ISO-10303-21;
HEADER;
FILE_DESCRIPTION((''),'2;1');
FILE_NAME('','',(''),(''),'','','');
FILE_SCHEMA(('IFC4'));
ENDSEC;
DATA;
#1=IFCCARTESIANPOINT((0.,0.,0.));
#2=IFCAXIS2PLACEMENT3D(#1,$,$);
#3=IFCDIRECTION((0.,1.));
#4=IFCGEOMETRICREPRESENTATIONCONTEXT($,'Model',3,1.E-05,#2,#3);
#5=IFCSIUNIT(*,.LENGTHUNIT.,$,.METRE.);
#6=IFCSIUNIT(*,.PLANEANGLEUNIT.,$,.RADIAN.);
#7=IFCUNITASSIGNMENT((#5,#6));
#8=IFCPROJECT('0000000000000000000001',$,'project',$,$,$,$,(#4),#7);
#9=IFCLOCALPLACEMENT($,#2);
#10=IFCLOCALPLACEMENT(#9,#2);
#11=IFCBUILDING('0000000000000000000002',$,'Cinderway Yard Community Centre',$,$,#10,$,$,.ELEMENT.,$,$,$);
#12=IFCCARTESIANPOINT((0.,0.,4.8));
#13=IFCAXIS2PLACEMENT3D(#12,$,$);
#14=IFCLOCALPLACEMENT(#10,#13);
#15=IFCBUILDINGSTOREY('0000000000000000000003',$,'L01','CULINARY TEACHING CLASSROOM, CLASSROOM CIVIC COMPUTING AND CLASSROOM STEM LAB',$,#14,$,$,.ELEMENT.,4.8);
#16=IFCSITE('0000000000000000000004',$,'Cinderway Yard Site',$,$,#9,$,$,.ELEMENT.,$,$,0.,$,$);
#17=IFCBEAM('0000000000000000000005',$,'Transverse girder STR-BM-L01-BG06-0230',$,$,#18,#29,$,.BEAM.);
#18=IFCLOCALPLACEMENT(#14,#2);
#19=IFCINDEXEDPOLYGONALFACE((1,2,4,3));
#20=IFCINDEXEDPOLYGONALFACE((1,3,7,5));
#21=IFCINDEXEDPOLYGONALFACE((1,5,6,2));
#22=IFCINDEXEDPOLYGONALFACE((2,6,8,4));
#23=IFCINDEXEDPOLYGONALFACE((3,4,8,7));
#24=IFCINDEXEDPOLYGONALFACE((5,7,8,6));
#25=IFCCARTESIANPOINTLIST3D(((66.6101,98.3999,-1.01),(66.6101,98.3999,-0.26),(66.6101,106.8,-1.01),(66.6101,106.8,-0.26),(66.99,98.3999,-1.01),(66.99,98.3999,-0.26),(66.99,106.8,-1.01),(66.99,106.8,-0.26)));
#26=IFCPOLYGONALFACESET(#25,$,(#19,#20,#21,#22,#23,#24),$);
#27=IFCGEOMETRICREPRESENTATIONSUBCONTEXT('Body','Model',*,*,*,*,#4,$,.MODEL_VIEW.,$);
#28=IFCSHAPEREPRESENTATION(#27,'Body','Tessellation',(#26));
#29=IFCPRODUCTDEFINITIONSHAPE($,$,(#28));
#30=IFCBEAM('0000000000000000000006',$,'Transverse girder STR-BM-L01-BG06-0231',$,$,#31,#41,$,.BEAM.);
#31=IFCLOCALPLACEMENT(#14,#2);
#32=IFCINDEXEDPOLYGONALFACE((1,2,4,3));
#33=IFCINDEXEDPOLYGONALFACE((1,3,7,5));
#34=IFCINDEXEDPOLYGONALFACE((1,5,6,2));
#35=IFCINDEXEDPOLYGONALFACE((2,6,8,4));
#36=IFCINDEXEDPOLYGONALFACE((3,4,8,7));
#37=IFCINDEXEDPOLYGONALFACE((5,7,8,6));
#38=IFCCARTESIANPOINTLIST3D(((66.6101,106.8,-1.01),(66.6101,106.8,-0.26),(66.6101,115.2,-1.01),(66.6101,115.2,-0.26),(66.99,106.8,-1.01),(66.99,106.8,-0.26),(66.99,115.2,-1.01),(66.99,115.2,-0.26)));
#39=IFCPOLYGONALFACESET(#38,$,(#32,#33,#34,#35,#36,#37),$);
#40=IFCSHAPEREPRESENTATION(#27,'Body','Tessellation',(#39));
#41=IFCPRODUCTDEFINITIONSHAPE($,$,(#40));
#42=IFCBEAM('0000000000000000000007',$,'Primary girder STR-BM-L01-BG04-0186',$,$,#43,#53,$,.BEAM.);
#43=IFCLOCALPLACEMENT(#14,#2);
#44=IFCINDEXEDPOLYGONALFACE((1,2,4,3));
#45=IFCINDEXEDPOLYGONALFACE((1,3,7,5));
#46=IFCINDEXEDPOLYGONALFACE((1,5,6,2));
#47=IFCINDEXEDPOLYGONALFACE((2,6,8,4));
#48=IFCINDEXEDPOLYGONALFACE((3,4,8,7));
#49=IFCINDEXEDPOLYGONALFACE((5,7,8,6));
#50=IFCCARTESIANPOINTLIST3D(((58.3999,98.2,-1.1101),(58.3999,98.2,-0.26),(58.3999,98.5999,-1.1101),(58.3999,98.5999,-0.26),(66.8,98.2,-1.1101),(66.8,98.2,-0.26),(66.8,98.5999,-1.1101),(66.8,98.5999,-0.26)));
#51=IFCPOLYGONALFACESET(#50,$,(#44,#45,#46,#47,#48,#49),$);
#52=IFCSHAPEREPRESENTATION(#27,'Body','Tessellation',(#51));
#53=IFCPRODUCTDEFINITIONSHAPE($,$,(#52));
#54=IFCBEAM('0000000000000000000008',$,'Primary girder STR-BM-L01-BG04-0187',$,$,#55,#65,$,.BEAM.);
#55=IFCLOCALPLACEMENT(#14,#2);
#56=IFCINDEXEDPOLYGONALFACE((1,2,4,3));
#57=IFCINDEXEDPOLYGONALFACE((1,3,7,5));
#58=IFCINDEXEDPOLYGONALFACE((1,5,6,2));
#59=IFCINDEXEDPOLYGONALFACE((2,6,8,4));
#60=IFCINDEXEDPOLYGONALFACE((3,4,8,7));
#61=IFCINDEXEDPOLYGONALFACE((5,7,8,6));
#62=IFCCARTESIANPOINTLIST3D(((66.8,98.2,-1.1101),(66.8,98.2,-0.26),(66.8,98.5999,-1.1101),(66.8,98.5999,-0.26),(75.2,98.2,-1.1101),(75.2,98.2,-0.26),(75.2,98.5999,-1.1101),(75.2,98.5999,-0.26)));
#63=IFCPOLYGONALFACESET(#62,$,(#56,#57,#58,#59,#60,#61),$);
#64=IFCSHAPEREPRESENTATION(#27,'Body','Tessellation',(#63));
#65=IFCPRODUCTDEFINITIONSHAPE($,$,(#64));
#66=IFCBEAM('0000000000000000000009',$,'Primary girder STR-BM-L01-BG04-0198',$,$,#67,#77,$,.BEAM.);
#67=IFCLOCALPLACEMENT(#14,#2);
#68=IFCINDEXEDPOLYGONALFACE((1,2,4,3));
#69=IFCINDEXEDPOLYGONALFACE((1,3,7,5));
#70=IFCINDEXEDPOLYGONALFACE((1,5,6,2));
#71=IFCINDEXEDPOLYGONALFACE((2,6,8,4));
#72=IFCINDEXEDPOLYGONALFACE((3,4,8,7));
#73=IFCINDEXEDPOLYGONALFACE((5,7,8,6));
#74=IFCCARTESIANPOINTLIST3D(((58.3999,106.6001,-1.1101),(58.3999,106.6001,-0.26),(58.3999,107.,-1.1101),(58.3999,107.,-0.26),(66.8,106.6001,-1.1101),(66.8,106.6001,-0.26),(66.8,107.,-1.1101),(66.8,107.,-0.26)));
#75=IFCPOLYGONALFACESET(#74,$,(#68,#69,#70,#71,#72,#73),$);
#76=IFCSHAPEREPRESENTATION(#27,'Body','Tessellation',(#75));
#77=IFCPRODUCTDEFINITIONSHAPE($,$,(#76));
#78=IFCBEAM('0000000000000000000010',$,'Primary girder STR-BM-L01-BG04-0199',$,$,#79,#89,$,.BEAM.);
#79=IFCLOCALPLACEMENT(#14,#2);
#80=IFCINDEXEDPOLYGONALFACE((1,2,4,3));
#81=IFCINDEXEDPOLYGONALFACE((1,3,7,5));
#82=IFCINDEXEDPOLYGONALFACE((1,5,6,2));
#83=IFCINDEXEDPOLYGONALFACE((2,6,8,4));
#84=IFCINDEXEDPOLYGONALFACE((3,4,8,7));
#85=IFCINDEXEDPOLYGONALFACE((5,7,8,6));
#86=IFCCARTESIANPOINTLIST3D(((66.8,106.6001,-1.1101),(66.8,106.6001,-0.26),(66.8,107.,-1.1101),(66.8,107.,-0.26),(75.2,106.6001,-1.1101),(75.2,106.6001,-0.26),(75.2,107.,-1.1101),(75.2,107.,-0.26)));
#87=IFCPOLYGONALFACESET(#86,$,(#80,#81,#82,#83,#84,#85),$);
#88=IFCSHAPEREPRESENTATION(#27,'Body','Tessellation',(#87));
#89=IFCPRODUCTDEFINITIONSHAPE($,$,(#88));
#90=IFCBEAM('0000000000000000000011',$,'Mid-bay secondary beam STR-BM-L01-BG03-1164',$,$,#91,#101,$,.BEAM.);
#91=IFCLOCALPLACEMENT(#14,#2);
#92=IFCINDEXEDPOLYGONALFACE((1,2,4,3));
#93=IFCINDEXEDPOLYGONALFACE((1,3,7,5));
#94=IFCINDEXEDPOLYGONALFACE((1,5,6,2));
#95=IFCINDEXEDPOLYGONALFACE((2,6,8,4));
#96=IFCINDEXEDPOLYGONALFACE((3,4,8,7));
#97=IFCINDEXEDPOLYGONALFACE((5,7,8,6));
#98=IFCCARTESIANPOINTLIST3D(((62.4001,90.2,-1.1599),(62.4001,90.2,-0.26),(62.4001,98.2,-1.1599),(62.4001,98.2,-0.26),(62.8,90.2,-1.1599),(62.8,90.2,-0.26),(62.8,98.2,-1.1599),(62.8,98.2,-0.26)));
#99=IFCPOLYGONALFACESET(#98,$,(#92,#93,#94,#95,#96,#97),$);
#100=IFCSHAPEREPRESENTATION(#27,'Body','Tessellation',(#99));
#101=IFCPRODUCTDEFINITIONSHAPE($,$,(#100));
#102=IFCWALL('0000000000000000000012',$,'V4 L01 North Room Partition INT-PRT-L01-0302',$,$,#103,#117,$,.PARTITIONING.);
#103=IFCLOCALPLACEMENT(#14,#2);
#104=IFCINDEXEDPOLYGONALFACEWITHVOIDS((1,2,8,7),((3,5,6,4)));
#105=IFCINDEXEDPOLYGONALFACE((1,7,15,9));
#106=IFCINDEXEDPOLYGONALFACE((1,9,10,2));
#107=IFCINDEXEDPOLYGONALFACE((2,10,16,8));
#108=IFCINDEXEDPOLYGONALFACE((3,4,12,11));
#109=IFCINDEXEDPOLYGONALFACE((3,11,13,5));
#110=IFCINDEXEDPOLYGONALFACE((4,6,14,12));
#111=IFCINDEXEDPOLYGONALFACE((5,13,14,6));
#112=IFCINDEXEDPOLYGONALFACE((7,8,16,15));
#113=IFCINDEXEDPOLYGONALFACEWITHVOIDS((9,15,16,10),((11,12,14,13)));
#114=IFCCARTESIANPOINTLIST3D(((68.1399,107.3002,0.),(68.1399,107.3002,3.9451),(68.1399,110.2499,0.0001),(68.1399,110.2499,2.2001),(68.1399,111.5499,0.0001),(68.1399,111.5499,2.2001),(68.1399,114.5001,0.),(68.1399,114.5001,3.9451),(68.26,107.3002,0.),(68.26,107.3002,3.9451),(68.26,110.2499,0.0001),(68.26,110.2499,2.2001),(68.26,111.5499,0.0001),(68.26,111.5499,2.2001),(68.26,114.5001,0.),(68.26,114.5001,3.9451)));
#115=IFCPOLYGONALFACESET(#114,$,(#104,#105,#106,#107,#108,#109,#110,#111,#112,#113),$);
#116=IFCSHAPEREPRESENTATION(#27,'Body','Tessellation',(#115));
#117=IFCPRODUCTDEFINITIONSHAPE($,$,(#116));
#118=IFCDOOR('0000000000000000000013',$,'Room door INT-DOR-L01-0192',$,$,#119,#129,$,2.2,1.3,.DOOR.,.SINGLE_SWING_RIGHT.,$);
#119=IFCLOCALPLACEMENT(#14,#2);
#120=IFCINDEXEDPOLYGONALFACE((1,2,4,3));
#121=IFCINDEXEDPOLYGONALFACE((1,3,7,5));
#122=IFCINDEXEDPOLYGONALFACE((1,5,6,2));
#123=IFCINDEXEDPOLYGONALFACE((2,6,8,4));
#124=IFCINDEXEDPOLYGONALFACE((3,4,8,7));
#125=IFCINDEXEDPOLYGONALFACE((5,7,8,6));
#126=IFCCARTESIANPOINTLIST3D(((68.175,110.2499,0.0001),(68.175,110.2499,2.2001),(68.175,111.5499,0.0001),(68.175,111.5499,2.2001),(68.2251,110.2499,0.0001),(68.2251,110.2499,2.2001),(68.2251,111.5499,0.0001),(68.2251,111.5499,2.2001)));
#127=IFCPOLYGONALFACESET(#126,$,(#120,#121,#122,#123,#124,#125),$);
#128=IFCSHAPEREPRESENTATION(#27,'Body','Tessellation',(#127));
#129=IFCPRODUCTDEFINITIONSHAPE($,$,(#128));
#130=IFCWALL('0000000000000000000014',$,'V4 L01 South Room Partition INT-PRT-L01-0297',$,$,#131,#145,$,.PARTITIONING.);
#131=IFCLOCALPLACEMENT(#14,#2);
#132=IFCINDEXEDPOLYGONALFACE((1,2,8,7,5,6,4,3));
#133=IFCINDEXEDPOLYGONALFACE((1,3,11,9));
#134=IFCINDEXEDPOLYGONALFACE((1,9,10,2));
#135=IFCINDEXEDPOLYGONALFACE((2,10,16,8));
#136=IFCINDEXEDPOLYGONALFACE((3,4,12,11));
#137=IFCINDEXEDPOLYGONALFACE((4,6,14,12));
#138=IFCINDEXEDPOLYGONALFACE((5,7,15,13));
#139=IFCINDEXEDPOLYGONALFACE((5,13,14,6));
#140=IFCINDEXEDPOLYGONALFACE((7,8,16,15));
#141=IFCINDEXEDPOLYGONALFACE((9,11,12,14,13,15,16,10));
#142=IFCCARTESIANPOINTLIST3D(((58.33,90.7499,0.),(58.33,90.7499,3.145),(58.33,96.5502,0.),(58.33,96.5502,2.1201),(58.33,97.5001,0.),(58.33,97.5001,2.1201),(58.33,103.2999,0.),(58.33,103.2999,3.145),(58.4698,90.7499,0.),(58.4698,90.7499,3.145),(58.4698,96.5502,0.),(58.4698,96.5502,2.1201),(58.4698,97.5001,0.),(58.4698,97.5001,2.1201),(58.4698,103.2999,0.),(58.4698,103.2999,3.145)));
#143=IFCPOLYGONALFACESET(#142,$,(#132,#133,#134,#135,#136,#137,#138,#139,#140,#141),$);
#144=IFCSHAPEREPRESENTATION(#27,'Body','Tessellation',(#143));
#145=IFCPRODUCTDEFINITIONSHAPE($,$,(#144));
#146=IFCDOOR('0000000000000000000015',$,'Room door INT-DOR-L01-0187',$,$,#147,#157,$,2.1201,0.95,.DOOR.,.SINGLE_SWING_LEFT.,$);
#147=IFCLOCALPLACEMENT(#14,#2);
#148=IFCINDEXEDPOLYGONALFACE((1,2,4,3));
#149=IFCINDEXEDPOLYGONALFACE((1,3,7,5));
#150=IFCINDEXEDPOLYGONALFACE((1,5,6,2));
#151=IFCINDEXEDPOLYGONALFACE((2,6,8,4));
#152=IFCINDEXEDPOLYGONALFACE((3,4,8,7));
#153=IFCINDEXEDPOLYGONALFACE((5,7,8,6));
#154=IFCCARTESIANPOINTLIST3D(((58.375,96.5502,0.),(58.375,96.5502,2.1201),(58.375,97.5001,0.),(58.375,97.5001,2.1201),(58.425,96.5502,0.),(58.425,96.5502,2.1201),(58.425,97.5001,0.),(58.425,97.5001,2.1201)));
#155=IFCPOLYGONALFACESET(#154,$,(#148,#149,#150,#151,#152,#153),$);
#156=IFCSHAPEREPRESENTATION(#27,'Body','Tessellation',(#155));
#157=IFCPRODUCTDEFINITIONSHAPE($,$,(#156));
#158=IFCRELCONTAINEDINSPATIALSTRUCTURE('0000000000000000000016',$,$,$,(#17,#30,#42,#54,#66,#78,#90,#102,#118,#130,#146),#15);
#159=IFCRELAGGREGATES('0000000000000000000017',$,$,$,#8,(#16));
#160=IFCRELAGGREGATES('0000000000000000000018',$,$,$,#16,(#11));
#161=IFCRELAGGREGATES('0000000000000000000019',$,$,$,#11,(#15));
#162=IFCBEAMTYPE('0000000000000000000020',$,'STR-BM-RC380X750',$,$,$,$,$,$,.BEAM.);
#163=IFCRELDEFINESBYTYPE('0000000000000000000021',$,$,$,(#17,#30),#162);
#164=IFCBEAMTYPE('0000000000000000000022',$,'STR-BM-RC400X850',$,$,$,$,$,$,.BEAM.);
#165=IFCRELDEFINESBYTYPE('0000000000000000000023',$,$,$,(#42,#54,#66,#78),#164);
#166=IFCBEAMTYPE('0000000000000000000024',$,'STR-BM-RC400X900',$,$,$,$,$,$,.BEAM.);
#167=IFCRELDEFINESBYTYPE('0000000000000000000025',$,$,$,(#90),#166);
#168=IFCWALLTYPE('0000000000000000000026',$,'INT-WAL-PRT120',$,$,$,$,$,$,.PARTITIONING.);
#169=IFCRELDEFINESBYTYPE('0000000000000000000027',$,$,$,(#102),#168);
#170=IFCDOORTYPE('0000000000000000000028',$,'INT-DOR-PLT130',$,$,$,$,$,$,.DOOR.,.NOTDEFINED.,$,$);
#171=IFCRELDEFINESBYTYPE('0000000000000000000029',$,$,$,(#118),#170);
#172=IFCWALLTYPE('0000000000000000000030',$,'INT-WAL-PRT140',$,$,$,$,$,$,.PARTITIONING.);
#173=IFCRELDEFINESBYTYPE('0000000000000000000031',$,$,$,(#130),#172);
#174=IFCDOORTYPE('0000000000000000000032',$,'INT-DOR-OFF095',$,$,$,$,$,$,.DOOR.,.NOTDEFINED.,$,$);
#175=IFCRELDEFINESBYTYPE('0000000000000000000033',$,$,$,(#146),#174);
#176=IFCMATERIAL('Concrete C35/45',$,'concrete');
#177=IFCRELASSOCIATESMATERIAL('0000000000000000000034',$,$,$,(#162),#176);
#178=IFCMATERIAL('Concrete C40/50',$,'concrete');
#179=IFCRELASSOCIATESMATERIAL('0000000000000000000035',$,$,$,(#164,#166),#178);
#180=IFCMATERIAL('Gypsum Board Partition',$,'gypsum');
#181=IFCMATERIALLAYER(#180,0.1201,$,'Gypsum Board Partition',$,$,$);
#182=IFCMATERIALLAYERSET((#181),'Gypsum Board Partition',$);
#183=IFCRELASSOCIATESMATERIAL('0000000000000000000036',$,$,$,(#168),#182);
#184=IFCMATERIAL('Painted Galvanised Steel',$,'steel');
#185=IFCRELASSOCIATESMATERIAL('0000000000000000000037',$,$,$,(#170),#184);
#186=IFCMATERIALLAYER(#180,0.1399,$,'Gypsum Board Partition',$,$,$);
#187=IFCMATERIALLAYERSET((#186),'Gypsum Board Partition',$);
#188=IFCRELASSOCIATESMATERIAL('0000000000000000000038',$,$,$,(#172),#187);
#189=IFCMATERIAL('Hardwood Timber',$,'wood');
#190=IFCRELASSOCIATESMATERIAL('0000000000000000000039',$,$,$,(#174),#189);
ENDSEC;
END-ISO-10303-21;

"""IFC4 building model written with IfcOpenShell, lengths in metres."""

from ifc_helpers import new_model, si_unit, direction, frame, frame_2d, origin, origin_2d, place, context, subcontext, project, spatial, rectangle, extrude, material, layer, layer_set, material_profile, profile_set, type_object, element, fill, save


model = new_model("IFC4")

# Units and contexts
model_context = context("Model", 3, precision=1e-05, world=origin(), true_north=direction((0.0, 1.0)))
body_context = subcontext(model_context, "Body", "Model", "MODEL_VIEW")
ifc_project = project(units=[si_unit("LENGTHUNIT", "METRE"), si_unit("PLANEANGLEUNIT", "RADIAN")], contexts=[model_context])

# Site, building, storey
site_placement = place(None, origin())
site = spatial("IfcSite", under=ifc_project, at=site_placement, Name="Cinderway Yard Site", CompositionType="ELEMENT", RefElevation=0.0)
building_placement = place(site_placement, origin())
building = spatial("IfcBuilding", under=site, at=building_placement, Name="Cinderway Yard Community Centre", CompositionType="ELEMENT")
storey_placement = place(building_placement, frame((0.0, 0.0, 4.8)))
storey = spatial("IfcBuildingStorey", under=building, at=storey_placement, Name="L01", Description="CULINARY TEACHING CLASSROOM, CLASSROOM CIVIC COMPUTING AND CLASSROOM STEM LAB", CompositionType="ELEMENT", Elevation=4.8)

# Shared definitions
ifc_material_1 = material(Name="Concrete C40/50", Category="concrete")

# Beams
ifc_material_2 = material(Name="Concrete C35/45", Category="concrete")
ifc_material_profile_1 = material_profile(ifc_material_2, rectangle(XDim=0.3799, YDim=0.75, at=origin_2d()), Name="Concrete C35/45")
ifc_profile_set_1 = profile_set([ifc_material_profile_1], Name="Concrete C35/45")
beam_type_1 = type_object("IfcBeamType", Name="STR-BM-RC380X750", PredefinedType="BEAM", material=ifc_profile_set_1)
beam_1_placement = place(storey_placement, frame((66.8, 98.3999, -0.635), z_axis=(0.0, 1.0, 0.0), x_axis=(-1.0, 0.0, 0.0)))
element("IfcBeam", 1, at=beam_1_placement, inside=storey, type_object=beam_type_1, Name="Transverse girder STR-BM-L01-BG06-0230", PredefinedType="BEAM", context=body_context, shape_type="SweptSolid", body=[
    extrude(rectangle(XDim=0.3799, YDim=0.75, at=origin_2d()), origin(), (0.0, 0.0, 1.0), 8.4001),
])
beam_2_placement = place(storey_placement, frame((66.8, 106.8, -0.635), z_axis=(0.0, 1.0, 0.0), x_axis=(-1.0, 0.0, 0.0)))
element("IfcBeam", 2, at=beam_2_placement, inside=storey, type_object=beam_type_1, Name="Transverse girder STR-BM-L01-BG06-0231", PredefinedType="BEAM", context=body_context, shape_type="SweptSolid", body=[
    extrude(rectangle(XDim=0.3799, YDim=0.75, at=origin_2d()), origin(), (0.0, 0.0, 1.0), 8.3999),
])
ifc_material_profile_2 = material_profile(ifc_material_1, rectangle(XDim=0.3999, YDim=0.8501, at=origin_2d()), Name="Concrete C40/50")
ifc_profile_set_2 = profile_set([ifc_material_profile_2], Name="Concrete C40/50")
beam_type_2 = type_object("IfcBeamType", Name="STR-BM-RC400X850", PredefinedType="BEAM", material=ifc_profile_set_2)
beam_3_placement = place(storey_placement, frame((58.3999, 98.3999, -0.6851), z_axis=(1.0, 0.0, 0.0), x_axis=(0.0, 1.0, 0.0)))
element("IfcBeam", 3, at=beam_3_placement, inside=storey, type_object=beam_type_2, Name="Primary girder STR-BM-L01-BG04-0186", PredefinedType="BEAM", context=body_context, shape_type="SweptSolid", body=[
    extrude(rectangle(XDim=0.3999, YDim=0.8501, at=origin_2d()), origin(), (0.0, 0.0, 1.0), 8.4001),
])
beam_4_placement = place(storey_placement, frame((66.8, 98.3999, -0.6851), z_axis=(1.0, 0.0, 0.0), x_axis=(0.0, 1.0, 0.0)))
element("IfcBeam", 4, at=beam_4_placement, inside=storey, type_object=beam_type_2, Name="Primary girder STR-BM-L01-BG04-0187", PredefinedType="BEAM", context=body_context, shape_type="SweptSolid", body=[
    extrude(rectangle(XDim=0.3999, YDim=0.8501, at=origin_2d()), origin(), (0.0, 0.0, 1.0), 8.3999),
])
beam_5_placement = place(storey_placement, frame((58.3999, 106.8, -0.6851), z_axis=(1.0, 0.0, 0.0), x_axis=(0.0, 1.0, 0.0)))
element("IfcBeam", 5, at=beam_5_placement, inside=storey, type_object=beam_type_2, Name="Primary girder STR-BM-L01-BG04-0198", PredefinedType="BEAM", context=body_context, shape_type="SweptSolid", body=[
    extrude(rectangle(XDim=0.3999, YDim=0.8501, at=origin_2d()), origin(), (0.0, 0.0, 1.0), 8.4001),
])
beam_6_placement = place(storey_placement, frame((66.8, 106.8, -0.6851), z_axis=(1.0, 0.0, 0.0), x_axis=(0.0, 1.0, 0.0)))
element("IfcBeam", 6, at=beam_6_placement, inside=storey, type_object=beam_type_2, Name="Primary girder STR-BM-L01-BG04-0199", PredefinedType="BEAM", context=body_context, shape_type="SweptSolid", body=[
    extrude(rectangle(XDim=0.3999, YDim=0.8501, at=origin_2d()), origin(), (0.0, 0.0, 1.0), 8.3999),
])
ifc_material_profile_3 = material_profile(ifc_material_1, rectangle(XDim=0.3999, YDim=0.8999, at=origin_2d()), Name="Concrete C40/50")
ifc_profile_set_3 = profile_set([ifc_material_profile_3], Name="Concrete C40/50")
beam_type_3 = type_object("IfcBeamType", Name="STR-BM-RC400X900", PredefinedType="BEAM", material=ifc_profile_set_3)
beam_7_placement = place(storey_placement, frame((62.6001, 90.2, -0.71), z_axis=(0.0, 1.0, 0.0), x_axis=(-1.0, 0.0, 0.0)))
element("IfcBeam", 7, at=beam_7_placement, inside=storey, type_object=beam_type_3, Name="Mid-bay secondary beam STR-BM-L01-BG03-1164", PredefinedType="BEAM", context=body_context, shape_type="SweptSolid", body=[
    extrude(rectangle(XDim=0.3999, YDim=0.8999, at=origin_2d()), origin(), (0.0, 0.0, 1.0), 8.0),
])

# Walls, openings, doors
ifc_material_3 = material(Name="Gypsum Board Partition", Category="gypsum")
ifc_layer_1 = layer(ifc_material_3, 0.1201, Name="Gypsum Board Partition")
ifc_layer_set_1 = layer_set([ifc_layer_1], Name="Gypsum Board Partition")
wall_type_1 = type_object("IfcWallType", Name="INT-WAL-PRT120", PredefinedType="PARTITIONING", material=ifc_layer_set_1)
wall_1_placement = place(storey_placement, frame((68.2, 107.3, 0.0), z_axis=(0.0, 0.0, 1.0), x_axis=(0.0, 1.0, 0.0)))
wall_1 = element("IfcWall", 8, at=wall_1_placement, inside=storey, type_object=wall_type_1, Name="V4 L01 North Room Partition INT-PRT-L01-0302", PredefinedType="PARTITIONING", context=body_context, shape_type="SweptSolid", body=[
    extrude(rectangle(XDim=7.2, YDim=0.1201, at=frame_2d((3.6001, 0.0))), origin(), (0.0, 0.0, 1.0), 3.9451),
])
opening_1_placement = place(wall_1_placement, frame((2.95, 0.0, 0.0)))
opening_1 = element("IfcOpeningElement", 9, at=opening_1_placement, cuts=wall_1, PredefinedType="OPENING", context=body_context, shape_type="SweptSolid", body=[
    extrude(rectangle(XDim=1.3, YDim=2.2, at=frame_2d((0.6499, 1.1001))), frame((0.0, 0.0701, 0.0), z_axis=(0.0, -1.0, 0.0), x_axis=(1.0, 0.0, 0.0)), (0.0, 0.0, 1.0), 0.1401),
])
ifc_material_4 = material(Name="Painted Galvanised Steel", Category="steel")
door_type_1 = type_object("IfcDoorType", Name="INT-DOR-PLT130", OperationType="NOTDEFINED", PredefinedType="DOOR", material=ifc_material_4)
door_1_placement = place(opening_1_placement, origin())
door_1 = element("IfcDoor", 10, at=door_1_placement, inside=storey, type_object=door_type_1, Name="Room door INT-DOR-L01-0192", OperationType="SINGLE_SWING_RIGHT", OverallHeight=2.2, OverallWidth=1.3, PredefinedType="DOOR", context=body_context, shape_type="SweptSolid", body=[
    extrude(rectangle(XDim=1.3, YDim=2.2, at=frame_2d((0.6499, 1.1001))), frame((0.0, 0.0249, 0.0), z_axis=(0.0, -1.0, 0.0), x_axis=(1.0, 0.0, 0.0)), (0.0, 0.0, 1.0), 0.05),
])
fill(opening_1, door_1)
ifc_layer_2 = layer(ifc_material_3, 0.1399, Name="Gypsum Board Partition")
ifc_layer_set_2 = layer_set([ifc_layer_2], Name="Gypsum Board Partition")
wall_type_2 = type_object("IfcWallType", Name="INT-WAL-PRT140", PredefinedType="PARTITIONING", material=ifc_layer_set_2)
wall_2_placement = place(storey_placement, frame((58.3999, 90.75, 0.0), z_axis=(0.0, 0.0, 1.0), x_axis=(0.0, 1.0, 0.0)))
wall_2 = element("IfcWall", 11, at=wall_2_placement, inside=storey, type_object=wall_type_2, Name="V4 L01 South Room Partition INT-PRT-L01-0297", PredefinedType="PARTITIONING", context=body_context, shape_type="SweptSolid", body=[
    extrude(rectangle(XDim=12.55, YDim=0.1399, at=frame_2d((6.2749, 0.0))), origin(), (0.0, 0.0, 1.0), 3.145),
])
opening_2_placement = place(wall_2_placement, frame((5.8, 0.0, 0.0)))
opening_2 = element("IfcOpeningElement", 12, at=opening_2_placement, cuts=wall_2, PredefinedType="OPENING", context=body_context, shape_type="SweptSolid", body=[
    extrude(rectangle(XDim=0.95, YDim=2.1201, at=frame_2d((0.4751, 1.0601))), frame((0.0, 0.0798, 0.0), z_axis=(0.0, -1.0, 0.0), x_axis=(1.0, 0.0, 0.0)), (0.0, 0.0, 1.0), 0.1599),
])
ifc_material_5 = material(Name="Hardwood Timber", Category="wood")
door_type_2 = type_object("IfcDoorType", Name="INT-DOR-OFF095", OperationType="NOTDEFINED", PredefinedType="DOOR", material=ifc_material_5)
door_2_placement = place(opening_2_placement, origin())
door_2 = element("IfcDoor", 13, at=door_2_placement, inside=storey, type_object=door_type_2, Name="Room door INT-DOR-L01-0187", OperationType="SINGLE_SWING_LEFT", OverallHeight=2.1201, OverallWidth=0.95, PredefinedType="DOOR", context=body_context, shape_type="SweptSolid", body=[
    extrude(rectangle(XDim=0.95, YDim=2.1201, at=frame_2d((0.4751, 1.0601))), frame((0.0, 0.0249, 0.0), z_axis=(0.0, -1.0, 0.0), x_axis=(1.0, 0.0, 0.0)), (0.0, 0.0, 1.0), 0.05),
])
fill(opening_2, door_2)

save(model, "model.ifc")
